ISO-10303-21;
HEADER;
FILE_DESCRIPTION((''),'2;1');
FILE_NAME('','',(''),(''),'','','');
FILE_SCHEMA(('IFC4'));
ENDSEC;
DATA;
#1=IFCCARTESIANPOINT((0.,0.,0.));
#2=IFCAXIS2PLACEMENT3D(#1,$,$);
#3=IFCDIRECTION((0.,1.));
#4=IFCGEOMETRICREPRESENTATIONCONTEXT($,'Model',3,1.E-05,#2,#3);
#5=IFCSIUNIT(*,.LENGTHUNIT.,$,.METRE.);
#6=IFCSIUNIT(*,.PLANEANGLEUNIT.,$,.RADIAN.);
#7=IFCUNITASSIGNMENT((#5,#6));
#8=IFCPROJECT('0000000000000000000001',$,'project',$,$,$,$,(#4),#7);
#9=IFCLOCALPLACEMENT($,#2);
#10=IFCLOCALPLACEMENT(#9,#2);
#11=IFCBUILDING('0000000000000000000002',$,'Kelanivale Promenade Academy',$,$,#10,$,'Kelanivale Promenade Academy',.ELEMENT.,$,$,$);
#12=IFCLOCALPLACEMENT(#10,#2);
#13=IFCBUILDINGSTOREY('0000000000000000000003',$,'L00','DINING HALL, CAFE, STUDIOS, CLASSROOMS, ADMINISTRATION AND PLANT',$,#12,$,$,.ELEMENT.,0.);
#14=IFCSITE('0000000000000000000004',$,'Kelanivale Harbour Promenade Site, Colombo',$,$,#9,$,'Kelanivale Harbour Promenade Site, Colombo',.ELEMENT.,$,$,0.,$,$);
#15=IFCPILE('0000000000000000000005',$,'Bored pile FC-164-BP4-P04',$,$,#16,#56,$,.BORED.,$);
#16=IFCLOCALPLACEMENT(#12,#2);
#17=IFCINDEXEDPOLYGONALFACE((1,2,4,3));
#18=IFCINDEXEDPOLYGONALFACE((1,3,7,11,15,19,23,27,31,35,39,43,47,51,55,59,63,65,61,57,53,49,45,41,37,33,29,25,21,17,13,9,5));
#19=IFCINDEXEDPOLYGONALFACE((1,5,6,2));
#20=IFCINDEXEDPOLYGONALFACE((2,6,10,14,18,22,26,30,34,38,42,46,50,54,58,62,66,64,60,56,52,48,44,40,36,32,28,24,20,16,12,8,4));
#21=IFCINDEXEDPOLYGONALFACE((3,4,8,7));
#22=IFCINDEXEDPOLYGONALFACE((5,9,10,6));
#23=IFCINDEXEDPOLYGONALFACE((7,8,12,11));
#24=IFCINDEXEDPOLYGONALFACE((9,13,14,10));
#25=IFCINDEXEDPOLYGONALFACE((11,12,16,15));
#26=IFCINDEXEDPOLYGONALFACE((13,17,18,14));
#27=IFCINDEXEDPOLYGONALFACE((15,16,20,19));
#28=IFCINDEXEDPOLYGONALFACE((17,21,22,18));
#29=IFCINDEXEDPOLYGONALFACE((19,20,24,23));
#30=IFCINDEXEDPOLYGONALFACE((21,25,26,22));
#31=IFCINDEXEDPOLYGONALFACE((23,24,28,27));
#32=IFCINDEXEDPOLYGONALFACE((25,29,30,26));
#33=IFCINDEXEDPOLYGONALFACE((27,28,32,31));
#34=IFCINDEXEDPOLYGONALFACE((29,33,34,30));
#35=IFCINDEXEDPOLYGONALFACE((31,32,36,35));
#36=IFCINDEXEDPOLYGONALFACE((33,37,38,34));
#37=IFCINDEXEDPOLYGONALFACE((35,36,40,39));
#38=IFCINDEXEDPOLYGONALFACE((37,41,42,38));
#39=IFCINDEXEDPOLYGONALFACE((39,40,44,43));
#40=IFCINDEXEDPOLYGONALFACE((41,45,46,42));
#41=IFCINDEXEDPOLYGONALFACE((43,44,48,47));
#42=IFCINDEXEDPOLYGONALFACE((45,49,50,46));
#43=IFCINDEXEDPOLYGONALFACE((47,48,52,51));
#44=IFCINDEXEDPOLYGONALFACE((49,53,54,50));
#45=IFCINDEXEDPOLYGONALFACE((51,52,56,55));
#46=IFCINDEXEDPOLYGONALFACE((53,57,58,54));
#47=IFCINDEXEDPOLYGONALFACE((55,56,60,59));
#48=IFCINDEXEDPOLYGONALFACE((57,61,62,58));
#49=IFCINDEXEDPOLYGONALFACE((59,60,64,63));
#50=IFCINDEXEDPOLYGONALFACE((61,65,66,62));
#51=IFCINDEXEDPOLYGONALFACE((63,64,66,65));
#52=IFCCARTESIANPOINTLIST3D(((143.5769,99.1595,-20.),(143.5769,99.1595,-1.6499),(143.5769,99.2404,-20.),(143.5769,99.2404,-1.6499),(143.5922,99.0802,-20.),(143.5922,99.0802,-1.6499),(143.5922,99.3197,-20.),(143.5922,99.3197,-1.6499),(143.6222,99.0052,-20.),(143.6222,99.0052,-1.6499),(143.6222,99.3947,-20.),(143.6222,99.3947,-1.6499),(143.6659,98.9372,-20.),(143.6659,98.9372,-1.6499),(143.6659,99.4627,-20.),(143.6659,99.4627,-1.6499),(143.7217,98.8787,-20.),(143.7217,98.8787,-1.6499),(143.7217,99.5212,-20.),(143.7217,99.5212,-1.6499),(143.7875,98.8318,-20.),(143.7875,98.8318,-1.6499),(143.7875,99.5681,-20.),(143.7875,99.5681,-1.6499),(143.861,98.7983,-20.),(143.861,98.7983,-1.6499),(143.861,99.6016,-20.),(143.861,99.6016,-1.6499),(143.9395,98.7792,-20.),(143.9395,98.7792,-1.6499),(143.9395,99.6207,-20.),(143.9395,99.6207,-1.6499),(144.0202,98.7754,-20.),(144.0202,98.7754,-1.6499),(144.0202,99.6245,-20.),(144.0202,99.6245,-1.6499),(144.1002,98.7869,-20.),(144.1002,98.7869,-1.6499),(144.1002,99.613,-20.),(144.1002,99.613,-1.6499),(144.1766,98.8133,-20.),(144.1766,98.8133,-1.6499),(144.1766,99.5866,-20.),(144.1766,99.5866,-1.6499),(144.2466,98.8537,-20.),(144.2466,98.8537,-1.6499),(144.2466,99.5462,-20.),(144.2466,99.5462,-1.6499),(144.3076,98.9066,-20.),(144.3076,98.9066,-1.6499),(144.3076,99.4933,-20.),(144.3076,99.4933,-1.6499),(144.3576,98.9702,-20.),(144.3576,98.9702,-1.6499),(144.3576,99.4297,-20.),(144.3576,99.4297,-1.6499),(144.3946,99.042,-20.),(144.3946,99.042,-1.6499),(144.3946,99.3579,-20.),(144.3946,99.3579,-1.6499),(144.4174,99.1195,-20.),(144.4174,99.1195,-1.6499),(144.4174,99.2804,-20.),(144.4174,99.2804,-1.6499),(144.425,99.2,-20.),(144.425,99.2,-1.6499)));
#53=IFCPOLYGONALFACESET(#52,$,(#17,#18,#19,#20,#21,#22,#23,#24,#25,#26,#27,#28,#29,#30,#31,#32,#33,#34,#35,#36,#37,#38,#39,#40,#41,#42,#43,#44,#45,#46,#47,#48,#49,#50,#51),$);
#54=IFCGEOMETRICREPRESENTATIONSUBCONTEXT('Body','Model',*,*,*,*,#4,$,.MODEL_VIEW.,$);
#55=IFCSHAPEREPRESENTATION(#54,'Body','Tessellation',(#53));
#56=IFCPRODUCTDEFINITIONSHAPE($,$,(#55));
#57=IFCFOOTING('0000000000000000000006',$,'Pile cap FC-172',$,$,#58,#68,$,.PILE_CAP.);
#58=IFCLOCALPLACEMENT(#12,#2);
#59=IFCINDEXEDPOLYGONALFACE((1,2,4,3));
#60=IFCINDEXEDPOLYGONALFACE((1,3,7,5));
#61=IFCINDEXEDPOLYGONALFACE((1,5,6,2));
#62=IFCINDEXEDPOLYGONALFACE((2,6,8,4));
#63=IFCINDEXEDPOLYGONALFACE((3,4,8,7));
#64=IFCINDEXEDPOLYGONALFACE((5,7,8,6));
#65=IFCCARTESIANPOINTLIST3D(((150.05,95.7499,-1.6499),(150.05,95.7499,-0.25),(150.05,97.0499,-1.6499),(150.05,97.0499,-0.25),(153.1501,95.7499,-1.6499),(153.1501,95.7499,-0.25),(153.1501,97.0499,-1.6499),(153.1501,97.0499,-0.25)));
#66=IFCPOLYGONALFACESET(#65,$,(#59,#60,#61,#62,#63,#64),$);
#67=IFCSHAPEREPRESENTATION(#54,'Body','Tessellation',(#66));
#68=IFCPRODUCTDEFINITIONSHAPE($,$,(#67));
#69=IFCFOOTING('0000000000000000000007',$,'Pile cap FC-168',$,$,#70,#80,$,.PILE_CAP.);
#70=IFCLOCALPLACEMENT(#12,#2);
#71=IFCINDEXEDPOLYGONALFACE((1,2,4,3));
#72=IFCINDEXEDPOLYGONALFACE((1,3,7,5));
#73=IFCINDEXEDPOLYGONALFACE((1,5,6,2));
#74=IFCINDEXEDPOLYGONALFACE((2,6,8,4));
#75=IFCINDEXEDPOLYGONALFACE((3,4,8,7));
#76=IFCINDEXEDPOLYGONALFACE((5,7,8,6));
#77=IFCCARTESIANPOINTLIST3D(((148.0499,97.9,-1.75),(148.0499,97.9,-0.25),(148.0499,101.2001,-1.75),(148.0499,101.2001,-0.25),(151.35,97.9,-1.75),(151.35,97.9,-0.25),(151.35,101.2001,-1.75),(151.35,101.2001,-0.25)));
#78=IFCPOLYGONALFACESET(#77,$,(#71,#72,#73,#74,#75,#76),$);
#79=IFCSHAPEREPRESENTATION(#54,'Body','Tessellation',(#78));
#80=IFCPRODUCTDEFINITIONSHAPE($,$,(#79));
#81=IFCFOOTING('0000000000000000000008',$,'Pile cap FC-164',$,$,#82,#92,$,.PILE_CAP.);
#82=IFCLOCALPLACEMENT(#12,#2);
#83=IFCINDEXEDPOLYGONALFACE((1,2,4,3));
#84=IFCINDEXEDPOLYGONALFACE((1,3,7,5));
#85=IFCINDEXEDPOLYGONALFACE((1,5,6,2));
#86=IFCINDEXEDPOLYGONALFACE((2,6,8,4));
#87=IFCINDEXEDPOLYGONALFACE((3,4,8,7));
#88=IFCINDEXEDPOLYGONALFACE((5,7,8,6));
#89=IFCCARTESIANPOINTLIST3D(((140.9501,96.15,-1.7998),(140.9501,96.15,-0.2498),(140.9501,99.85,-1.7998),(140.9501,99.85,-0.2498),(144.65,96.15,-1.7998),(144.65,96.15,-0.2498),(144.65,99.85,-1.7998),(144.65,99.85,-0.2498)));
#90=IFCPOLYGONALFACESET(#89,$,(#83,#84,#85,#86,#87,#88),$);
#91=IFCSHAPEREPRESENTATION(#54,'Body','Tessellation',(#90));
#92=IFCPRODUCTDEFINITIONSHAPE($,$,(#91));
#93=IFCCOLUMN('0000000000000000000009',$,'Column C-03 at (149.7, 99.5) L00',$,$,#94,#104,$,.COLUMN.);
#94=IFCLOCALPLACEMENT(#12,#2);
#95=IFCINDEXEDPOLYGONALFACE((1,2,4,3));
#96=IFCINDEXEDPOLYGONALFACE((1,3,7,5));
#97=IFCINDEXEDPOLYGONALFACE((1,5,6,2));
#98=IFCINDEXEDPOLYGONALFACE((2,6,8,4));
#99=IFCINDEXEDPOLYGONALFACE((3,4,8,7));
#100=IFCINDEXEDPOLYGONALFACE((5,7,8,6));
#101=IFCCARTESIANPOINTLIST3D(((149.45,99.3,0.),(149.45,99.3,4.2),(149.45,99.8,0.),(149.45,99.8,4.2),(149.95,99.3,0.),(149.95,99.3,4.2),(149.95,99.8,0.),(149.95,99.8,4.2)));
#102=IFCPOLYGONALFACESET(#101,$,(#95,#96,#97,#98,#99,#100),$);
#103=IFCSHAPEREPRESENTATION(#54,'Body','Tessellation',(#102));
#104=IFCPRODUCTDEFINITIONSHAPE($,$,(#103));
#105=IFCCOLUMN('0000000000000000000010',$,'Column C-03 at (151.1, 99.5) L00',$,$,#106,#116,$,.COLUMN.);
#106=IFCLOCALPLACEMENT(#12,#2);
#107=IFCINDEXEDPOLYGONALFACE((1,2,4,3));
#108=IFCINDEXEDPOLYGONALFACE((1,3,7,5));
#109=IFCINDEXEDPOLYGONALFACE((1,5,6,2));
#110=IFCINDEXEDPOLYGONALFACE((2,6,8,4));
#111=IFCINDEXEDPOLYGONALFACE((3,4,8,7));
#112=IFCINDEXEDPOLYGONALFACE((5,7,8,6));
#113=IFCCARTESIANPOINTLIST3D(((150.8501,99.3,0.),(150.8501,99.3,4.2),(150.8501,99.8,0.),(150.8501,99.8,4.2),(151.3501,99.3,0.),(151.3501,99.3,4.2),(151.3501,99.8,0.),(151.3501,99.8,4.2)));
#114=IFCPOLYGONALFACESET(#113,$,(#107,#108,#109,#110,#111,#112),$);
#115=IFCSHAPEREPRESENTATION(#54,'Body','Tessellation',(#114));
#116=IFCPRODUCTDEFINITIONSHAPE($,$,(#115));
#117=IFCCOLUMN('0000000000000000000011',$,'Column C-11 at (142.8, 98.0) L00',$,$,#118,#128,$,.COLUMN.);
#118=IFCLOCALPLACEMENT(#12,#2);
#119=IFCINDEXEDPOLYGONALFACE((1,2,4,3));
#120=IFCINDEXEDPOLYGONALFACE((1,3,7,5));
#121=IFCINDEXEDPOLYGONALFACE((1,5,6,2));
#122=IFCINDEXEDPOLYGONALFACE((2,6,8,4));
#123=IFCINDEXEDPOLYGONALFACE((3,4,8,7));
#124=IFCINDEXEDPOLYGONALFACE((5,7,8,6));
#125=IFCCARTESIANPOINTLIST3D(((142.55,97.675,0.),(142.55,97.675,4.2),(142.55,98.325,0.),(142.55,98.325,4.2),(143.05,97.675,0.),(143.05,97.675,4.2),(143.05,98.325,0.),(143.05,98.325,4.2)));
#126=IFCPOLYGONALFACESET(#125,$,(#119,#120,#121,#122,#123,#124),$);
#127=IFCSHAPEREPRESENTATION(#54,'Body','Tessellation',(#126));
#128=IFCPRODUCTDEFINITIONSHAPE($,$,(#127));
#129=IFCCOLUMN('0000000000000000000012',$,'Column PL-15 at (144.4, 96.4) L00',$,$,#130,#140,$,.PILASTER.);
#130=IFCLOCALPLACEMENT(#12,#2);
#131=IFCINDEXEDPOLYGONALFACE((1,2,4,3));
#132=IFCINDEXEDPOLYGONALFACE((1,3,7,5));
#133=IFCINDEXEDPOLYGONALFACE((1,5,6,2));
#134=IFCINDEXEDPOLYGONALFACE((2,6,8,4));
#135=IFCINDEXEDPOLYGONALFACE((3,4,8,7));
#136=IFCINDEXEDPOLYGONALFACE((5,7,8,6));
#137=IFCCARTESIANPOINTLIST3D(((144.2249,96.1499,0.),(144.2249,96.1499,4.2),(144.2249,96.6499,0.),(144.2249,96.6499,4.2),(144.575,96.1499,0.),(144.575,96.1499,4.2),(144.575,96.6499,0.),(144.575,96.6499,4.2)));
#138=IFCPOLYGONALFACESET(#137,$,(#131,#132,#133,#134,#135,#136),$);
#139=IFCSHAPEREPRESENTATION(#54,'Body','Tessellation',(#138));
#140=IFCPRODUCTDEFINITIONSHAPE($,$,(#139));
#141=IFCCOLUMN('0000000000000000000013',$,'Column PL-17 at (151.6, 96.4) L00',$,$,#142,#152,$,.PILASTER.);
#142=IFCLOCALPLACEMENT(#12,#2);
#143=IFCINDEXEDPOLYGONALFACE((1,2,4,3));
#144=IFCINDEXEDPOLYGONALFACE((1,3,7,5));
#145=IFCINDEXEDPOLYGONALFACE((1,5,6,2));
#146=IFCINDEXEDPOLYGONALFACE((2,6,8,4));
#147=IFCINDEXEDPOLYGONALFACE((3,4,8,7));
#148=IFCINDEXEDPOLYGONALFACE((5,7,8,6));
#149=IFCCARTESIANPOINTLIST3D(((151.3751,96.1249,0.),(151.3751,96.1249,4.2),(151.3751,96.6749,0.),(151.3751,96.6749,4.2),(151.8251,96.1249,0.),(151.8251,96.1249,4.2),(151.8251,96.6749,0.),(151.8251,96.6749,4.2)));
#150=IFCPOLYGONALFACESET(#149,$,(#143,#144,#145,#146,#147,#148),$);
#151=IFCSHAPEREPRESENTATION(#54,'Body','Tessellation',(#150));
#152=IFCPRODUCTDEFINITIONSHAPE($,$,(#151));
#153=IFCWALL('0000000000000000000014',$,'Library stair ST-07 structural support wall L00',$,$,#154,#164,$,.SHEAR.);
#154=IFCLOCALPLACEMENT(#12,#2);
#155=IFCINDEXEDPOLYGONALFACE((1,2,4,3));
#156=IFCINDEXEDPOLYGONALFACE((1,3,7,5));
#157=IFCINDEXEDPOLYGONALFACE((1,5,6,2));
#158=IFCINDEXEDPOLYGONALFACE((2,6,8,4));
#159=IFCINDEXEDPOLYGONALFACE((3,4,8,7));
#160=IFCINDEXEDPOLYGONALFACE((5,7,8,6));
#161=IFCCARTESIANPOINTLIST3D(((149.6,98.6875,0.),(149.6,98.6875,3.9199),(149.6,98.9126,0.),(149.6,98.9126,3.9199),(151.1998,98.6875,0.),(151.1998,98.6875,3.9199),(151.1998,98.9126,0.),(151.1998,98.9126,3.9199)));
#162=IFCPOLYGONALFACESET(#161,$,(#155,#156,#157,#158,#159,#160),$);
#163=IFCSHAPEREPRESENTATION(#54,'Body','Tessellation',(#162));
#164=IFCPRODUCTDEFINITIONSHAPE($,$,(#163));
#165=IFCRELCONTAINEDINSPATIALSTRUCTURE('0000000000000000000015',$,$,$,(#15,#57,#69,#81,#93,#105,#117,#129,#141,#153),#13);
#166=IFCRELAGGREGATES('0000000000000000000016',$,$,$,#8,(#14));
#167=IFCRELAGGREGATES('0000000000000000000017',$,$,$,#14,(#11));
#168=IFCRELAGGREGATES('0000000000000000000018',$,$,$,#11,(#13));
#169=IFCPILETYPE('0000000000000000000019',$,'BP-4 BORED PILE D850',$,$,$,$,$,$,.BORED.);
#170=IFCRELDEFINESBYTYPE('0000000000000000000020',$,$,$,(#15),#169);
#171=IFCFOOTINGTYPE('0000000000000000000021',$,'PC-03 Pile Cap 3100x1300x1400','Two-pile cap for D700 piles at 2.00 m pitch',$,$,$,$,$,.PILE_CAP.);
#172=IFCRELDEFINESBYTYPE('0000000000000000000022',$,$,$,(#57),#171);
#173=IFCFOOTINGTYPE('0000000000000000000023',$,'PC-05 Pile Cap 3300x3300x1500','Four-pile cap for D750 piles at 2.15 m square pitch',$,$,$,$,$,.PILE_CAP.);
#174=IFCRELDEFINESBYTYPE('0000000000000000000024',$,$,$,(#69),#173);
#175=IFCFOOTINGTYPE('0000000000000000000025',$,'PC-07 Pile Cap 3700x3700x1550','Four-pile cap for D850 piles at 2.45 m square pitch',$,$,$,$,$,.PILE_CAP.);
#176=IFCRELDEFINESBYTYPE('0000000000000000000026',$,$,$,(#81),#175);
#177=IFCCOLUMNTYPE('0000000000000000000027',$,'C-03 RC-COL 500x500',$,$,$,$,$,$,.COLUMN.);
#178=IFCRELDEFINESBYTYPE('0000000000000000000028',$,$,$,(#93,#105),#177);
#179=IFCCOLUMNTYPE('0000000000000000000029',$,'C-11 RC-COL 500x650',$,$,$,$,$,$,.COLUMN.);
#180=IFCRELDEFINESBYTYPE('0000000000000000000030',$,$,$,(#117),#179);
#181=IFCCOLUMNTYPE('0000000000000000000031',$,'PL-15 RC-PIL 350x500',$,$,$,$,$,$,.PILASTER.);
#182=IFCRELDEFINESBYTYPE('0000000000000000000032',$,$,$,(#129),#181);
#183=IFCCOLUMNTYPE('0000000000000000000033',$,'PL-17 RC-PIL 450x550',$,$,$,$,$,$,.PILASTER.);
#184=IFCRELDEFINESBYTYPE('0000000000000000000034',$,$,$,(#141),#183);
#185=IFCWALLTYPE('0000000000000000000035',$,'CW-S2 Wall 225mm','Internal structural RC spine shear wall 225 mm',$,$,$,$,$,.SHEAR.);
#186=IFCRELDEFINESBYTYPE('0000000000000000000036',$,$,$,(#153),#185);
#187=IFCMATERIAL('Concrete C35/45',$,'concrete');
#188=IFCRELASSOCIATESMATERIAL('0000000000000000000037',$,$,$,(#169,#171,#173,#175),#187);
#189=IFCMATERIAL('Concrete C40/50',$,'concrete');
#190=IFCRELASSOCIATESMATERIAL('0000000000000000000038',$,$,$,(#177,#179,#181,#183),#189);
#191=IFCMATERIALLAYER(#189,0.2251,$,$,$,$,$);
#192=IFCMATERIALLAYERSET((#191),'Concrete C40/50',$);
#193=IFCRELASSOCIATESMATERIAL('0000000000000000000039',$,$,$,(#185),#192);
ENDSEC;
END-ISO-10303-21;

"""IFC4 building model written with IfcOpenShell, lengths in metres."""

from ifc_helpers import new_model, si_unit, direction, frame, frame_2d, origin, origin_2d, place, context, subcontext, project, spatial, rectangle, circle, extrude, material, layer, layer_set, material_profile, profile_set, type_object, element, save


model = new_model("IFC4")

# Units and contexts
model_context = context("Model", 3, precision=1e-05, world=origin(), true_north=direction((0.0, 1.0)))
body_context = subcontext(model_context, "Body", "Model", "MODEL_VIEW")
ifc_project = project(units=[si_unit("LENGTHUNIT", "METRE"), si_unit("PLANEANGLEUNIT", "RADIAN")], contexts=[model_context])

# Site, building, storey
site_placement = place(None, origin())
site = spatial("IfcSite", under=ifc_project, at=site_placement, Name="Kelanivale Harbour Promenade Site, Colombo", LongName="Kelanivale Harbour Promenade Site, Colombo", CompositionType="ELEMENT", RefElevation=0.0)
building_placement = place(site_placement, origin())
building = spatial("IfcBuilding", under=site, at=building_placement, Name="Kelanivale Promenade Academy", LongName="Kelanivale Promenade Academy", CompositionType="ELEMENT")
storey_placement = place(building_placement, origin())
storey = spatial("IfcBuildingStorey", under=building, at=storey_placement, Name="L00", Description="DINING HALL, CAFE, STUDIOS, CLASSROOMS, ADMINISTRATION AND PLANT", CompositionType="ELEMENT", Elevation=0.0)

# Pile
ifc_material_1 = material(Name="Concrete C35/45", Category="concrete")
ifc_material_profile_1 = material_profile(ifc_material_1, circle(Radius=0.425, at=origin_2d()), Name="BORED PILE D850")
ifc_profile_set_1 = profile_set([ifc_material_profile_1], Name="Concrete C35/45")
pile_type_1 = type_object("IfcPileType", Name="BP-4 BORED PILE D850", PredefinedType="BORED", material=ifc_profile_set_1)
for number, where, z_axis, x_axis, name in (
    (1, (144.0, 99.2, -1.6499), (0.0, 0.0, -1.0), (1.0, 0.0, 0.0), "Bored pile FC-164-BP4-P04"),
):
    element("IfcPile", number, at=place(storey_placement, frame(where, z_axis=z_axis, x_axis=x_axis)), inside=storey, type_object=pile_type_1, Name=name, PredefinedType="BORED", context=body_context, shape_type="SweptSolid", body=[
        extrude(circle(Radius=0.425, at=origin_2d()), origin(), (0.0, 0.0, 1.0), 18.3501),
    ])

# Footings
footing_type_1 = type_object("IfcFootingType", Name="PC-03 Pile Cap 3100x1300x1400", Description="Two-pile cap for D700 piles at 2.00 m pitch", PredefinedType="PILE_CAP", material=ifc_material_1)
footing_1_placement = place(storey_placement, frame((151.6001, 96.3999, -1.6499), z_axis=(0.0, 0.0, 1.0), x_axis=(1.0, 0.0, 0.0)))
element("IfcFooting", 2, at=footing_1_placement, inside=storey, type_object=footing_type_1, Name="Pile cap FC-172", PredefinedType="PILE_CAP", context=body_context, shape_type="SweptSolid", body=[
    extrude(rectangle(XDim=3.1001, YDim=1.3, at=origin_2d()), origin(), (0.0, 0.0, 1.0), 1.3999),
])
footing_type_2 = type_object("IfcFootingType", Name="PC-05 Pile Cap 3300x3300x1500", Description="Four-pile cap for D750 piles at 2.15 m square pitch", PredefinedType="PILE_CAP", material=ifc_material_1)
footing_2_placement = place(storey_placement, frame((149.7, 99.55, -1.75), z_axis=(0.0, 0.0, 1.0), x_axis=(1.0, 0.0, 0.0)))
element("IfcFooting", 3, at=footing_2_placement, inside=storey, type_object=footing_type_2, Name="Pile cap FC-168", PredefinedType="PILE_CAP", context=body_context, shape_type="SweptSolid", body=[
    extrude(rectangle(XDim=3.3, YDim=3.3, at=origin_2d()), origin(), (0.0, 0.0, 1.0), 1.5),
])
footing_type_3 = type_object("IfcFootingType", Name="PC-07 Pile Cap 3700x3700x1550", Description="Four-pile cap for D850 piles at 2.45 m square pitch", PredefinedType="PILE_CAP", material=ifc_material_1)
footing_3_placement = place(storey_placement, frame((142.8, 98.0, -1.7998), z_axis=(0.0, 0.0, 1.0), x_axis=(1.0, 0.0, 0.0)))
element("IfcFooting", 4, at=footing_3_placement, inside=storey, type_object=footing_type_3, Name="Pile cap FC-164", PredefinedType="PILE_CAP", context=body_context, shape_type="SweptSolid", body=[
    extrude(rectangle(XDim=3.7, YDim=3.7, at=origin_2d()), origin(), (0.0, 0.0, 1.0), 1.55),
])

# Columns
ifc_material_2 = material(Name="Concrete C40/50", Category="concrete")
ifc_material_profile_2 = material_profile(ifc_material_2, rectangle(XDim=0.5, YDim=0.5, at=origin_2d()), Name="RC-COL 500x500")
ifc_profile_set_2 = profile_set([ifc_material_profile_2], Name="Concrete C40/50")
column_type_1 = type_object("IfcColumnType", Name="C-03 RC-COL 500x500", PredefinedType="COLUMN", material=ifc_profile_set_2)
for number, where, z_axis, x_axis, name in (
    (5, (149.7, 99.55, 0.0), (0.0, 0.0, 1.0), (1.0, 0.0, 0.0), "Column C-03 at (149.7, 99.5) L00"),
    (6, (151.1001, 99.55, 0.0), (0.0, 0.0, 1.0), (1.0, 0.0, 0.0), "Column C-03 at (151.1, 99.5) L00"),
):
    element("IfcColumn", number, at=place(storey_placement, frame(where, z_axis=z_axis, x_axis=x_axis)), inside=storey, type_object=column_type_1, Name=name, PredefinedType="COLUMN", context=body_context, shape_type="SweptSolid", body=[
        extrude(rectangle(XDim=0.5, YDim=0.5, at=origin_2d()), origin(), (0.0, 0.0, 1.0), 4.2),
    ])
ifc_material_profile_3 = material_profile(ifc_material_2, rectangle(XDim=0.5, YDim=0.6499, at=origin_2d()), Name="RC-COL 500x650")
ifc_profile_set_3 = profile_set([ifc_material_profile_3], Name="Concrete C40/50")
column_type_2 = type_object("IfcColumnType", Name="C-11 RC-COL 500x650", PredefinedType="COLUMN", material=ifc_profile_set_3)
column_1_placement = place(storey_placement, frame((142.8, 98.0, 0.0), z_axis=(0.0, 0.0, 1.0), x_axis=(1.0, 0.0, 0.0)))
element("IfcColumn", 7, at=column_1_placement, inside=storey, type_object=column_type_2, Name="Column C-11 at (142.8, 98.0) L00", PredefinedType="COLUMN", context=body_context, shape_type="SweptSolid", body=[
    extrude(rectangle(XDim=0.5, YDim=0.6499, at=origin_2d()), origin(), (0.0, 0.0, 1.0), 4.2),
])
ifc_material_profile_4 = material_profile(ifc_material_2, rectangle(XDim=0.3501, YDim=0.5, at=origin_2d()), Name="RC-PIL 350x500")
ifc_profile_set_4 = profile_set([ifc_material_profile_4], Name="Concrete C40/50")
column_type_3 = type_object("IfcColumnType", Name="PL-15 RC-PIL 350x500", PredefinedType="PILASTER", material=ifc_profile_set_4)
column_2_placement = place(storey_placement, frame((144.3999, 96.3999, 0.0), z_axis=(0.0, 0.0, 1.0), x_axis=(1.0, 0.0, 0.0)))
element("IfcColumn", 8, at=column_2_placement, inside=storey, type_object=column_type_3, Name="Column PL-15 at (144.4, 96.4) L00", PredefinedType="PILASTER", context=body_context, shape_type="SweptSolid", body=[
    extrude(rectangle(XDim=0.3501, YDim=0.5, at=origin_2d()), origin(), (0.0, 0.0, 1.0), 4.2),
])
ifc_material_profile_5 = material_profile(ifc_material_2, rectangle(XDim=0.45, YDim=0.55, at=origin_2d()), Name="RC-PIL 450x550")
ifc_profile_set_5 = profile_set([ifc_material_profile_5], Name="Concrete C40/50")
column_type_4 = type_object("IfcColumnType", Name="PL-17 RC-PIL 450x550", PredefinedType="PILASTER", material=ifc_profile_set_5)
column_3_placement = place(storey_placement, frame((151.6001, 96.3999, 0.0), z_axis=(0.0, 0.0, 1.0), x_axis=(1.0, 0.0, 0.0)))
element("IfcColumn", 9, at=column_3_placement, inside=storey, type_object=column_type_4, Name="Column PL-17 at (151.6, 96.4) L00", PredefinedType="PILASTER", context=body_context, shape_type="SweptSolid", body=[
    extrude(rectangle(XDim=0.45, YDim=0.55, at=origin_2d()), origin(), (0.0, 0.0, 1.0), 4.2),
])

# Wall
ifc_layer_1 = layer(ifc_material_2, 0.2251)
ifc_layer_set_1 = layer_set([ifc_layer_1], Name="Concrete C40/50")
wall_type_1 = type_object("IfcWallType", Name="CW-S2 Wall 225mm", Description="Internal structural RC spine shear wall 225 mm", PredefinedType="SHEAR", material=ifc_layer_set_1)
wall_1_placement = place(storey_placement, frame((149.6001, 98.8, 0.0), z_axis=(0.0, 0.0, 1.0), x_axis=(1.0, 0.0, 0.0)))
element("IfcWall", 10, at=wall_1_placement, inside=storey, type_object=wall_type_1, Name="Library stair ST-07 structural support wall L00", PredefinedType="SHEAR", context=body_context, shape_type="SweptSolid", body=[
    extrude(rectangle(XDim=1.5999, YDim=0.2251, at=frame_2d((0.7998, 0.0))), origin(), (0.0, 0.0, 1.0), 3.9199),
])

save(model, "model.ifc")
